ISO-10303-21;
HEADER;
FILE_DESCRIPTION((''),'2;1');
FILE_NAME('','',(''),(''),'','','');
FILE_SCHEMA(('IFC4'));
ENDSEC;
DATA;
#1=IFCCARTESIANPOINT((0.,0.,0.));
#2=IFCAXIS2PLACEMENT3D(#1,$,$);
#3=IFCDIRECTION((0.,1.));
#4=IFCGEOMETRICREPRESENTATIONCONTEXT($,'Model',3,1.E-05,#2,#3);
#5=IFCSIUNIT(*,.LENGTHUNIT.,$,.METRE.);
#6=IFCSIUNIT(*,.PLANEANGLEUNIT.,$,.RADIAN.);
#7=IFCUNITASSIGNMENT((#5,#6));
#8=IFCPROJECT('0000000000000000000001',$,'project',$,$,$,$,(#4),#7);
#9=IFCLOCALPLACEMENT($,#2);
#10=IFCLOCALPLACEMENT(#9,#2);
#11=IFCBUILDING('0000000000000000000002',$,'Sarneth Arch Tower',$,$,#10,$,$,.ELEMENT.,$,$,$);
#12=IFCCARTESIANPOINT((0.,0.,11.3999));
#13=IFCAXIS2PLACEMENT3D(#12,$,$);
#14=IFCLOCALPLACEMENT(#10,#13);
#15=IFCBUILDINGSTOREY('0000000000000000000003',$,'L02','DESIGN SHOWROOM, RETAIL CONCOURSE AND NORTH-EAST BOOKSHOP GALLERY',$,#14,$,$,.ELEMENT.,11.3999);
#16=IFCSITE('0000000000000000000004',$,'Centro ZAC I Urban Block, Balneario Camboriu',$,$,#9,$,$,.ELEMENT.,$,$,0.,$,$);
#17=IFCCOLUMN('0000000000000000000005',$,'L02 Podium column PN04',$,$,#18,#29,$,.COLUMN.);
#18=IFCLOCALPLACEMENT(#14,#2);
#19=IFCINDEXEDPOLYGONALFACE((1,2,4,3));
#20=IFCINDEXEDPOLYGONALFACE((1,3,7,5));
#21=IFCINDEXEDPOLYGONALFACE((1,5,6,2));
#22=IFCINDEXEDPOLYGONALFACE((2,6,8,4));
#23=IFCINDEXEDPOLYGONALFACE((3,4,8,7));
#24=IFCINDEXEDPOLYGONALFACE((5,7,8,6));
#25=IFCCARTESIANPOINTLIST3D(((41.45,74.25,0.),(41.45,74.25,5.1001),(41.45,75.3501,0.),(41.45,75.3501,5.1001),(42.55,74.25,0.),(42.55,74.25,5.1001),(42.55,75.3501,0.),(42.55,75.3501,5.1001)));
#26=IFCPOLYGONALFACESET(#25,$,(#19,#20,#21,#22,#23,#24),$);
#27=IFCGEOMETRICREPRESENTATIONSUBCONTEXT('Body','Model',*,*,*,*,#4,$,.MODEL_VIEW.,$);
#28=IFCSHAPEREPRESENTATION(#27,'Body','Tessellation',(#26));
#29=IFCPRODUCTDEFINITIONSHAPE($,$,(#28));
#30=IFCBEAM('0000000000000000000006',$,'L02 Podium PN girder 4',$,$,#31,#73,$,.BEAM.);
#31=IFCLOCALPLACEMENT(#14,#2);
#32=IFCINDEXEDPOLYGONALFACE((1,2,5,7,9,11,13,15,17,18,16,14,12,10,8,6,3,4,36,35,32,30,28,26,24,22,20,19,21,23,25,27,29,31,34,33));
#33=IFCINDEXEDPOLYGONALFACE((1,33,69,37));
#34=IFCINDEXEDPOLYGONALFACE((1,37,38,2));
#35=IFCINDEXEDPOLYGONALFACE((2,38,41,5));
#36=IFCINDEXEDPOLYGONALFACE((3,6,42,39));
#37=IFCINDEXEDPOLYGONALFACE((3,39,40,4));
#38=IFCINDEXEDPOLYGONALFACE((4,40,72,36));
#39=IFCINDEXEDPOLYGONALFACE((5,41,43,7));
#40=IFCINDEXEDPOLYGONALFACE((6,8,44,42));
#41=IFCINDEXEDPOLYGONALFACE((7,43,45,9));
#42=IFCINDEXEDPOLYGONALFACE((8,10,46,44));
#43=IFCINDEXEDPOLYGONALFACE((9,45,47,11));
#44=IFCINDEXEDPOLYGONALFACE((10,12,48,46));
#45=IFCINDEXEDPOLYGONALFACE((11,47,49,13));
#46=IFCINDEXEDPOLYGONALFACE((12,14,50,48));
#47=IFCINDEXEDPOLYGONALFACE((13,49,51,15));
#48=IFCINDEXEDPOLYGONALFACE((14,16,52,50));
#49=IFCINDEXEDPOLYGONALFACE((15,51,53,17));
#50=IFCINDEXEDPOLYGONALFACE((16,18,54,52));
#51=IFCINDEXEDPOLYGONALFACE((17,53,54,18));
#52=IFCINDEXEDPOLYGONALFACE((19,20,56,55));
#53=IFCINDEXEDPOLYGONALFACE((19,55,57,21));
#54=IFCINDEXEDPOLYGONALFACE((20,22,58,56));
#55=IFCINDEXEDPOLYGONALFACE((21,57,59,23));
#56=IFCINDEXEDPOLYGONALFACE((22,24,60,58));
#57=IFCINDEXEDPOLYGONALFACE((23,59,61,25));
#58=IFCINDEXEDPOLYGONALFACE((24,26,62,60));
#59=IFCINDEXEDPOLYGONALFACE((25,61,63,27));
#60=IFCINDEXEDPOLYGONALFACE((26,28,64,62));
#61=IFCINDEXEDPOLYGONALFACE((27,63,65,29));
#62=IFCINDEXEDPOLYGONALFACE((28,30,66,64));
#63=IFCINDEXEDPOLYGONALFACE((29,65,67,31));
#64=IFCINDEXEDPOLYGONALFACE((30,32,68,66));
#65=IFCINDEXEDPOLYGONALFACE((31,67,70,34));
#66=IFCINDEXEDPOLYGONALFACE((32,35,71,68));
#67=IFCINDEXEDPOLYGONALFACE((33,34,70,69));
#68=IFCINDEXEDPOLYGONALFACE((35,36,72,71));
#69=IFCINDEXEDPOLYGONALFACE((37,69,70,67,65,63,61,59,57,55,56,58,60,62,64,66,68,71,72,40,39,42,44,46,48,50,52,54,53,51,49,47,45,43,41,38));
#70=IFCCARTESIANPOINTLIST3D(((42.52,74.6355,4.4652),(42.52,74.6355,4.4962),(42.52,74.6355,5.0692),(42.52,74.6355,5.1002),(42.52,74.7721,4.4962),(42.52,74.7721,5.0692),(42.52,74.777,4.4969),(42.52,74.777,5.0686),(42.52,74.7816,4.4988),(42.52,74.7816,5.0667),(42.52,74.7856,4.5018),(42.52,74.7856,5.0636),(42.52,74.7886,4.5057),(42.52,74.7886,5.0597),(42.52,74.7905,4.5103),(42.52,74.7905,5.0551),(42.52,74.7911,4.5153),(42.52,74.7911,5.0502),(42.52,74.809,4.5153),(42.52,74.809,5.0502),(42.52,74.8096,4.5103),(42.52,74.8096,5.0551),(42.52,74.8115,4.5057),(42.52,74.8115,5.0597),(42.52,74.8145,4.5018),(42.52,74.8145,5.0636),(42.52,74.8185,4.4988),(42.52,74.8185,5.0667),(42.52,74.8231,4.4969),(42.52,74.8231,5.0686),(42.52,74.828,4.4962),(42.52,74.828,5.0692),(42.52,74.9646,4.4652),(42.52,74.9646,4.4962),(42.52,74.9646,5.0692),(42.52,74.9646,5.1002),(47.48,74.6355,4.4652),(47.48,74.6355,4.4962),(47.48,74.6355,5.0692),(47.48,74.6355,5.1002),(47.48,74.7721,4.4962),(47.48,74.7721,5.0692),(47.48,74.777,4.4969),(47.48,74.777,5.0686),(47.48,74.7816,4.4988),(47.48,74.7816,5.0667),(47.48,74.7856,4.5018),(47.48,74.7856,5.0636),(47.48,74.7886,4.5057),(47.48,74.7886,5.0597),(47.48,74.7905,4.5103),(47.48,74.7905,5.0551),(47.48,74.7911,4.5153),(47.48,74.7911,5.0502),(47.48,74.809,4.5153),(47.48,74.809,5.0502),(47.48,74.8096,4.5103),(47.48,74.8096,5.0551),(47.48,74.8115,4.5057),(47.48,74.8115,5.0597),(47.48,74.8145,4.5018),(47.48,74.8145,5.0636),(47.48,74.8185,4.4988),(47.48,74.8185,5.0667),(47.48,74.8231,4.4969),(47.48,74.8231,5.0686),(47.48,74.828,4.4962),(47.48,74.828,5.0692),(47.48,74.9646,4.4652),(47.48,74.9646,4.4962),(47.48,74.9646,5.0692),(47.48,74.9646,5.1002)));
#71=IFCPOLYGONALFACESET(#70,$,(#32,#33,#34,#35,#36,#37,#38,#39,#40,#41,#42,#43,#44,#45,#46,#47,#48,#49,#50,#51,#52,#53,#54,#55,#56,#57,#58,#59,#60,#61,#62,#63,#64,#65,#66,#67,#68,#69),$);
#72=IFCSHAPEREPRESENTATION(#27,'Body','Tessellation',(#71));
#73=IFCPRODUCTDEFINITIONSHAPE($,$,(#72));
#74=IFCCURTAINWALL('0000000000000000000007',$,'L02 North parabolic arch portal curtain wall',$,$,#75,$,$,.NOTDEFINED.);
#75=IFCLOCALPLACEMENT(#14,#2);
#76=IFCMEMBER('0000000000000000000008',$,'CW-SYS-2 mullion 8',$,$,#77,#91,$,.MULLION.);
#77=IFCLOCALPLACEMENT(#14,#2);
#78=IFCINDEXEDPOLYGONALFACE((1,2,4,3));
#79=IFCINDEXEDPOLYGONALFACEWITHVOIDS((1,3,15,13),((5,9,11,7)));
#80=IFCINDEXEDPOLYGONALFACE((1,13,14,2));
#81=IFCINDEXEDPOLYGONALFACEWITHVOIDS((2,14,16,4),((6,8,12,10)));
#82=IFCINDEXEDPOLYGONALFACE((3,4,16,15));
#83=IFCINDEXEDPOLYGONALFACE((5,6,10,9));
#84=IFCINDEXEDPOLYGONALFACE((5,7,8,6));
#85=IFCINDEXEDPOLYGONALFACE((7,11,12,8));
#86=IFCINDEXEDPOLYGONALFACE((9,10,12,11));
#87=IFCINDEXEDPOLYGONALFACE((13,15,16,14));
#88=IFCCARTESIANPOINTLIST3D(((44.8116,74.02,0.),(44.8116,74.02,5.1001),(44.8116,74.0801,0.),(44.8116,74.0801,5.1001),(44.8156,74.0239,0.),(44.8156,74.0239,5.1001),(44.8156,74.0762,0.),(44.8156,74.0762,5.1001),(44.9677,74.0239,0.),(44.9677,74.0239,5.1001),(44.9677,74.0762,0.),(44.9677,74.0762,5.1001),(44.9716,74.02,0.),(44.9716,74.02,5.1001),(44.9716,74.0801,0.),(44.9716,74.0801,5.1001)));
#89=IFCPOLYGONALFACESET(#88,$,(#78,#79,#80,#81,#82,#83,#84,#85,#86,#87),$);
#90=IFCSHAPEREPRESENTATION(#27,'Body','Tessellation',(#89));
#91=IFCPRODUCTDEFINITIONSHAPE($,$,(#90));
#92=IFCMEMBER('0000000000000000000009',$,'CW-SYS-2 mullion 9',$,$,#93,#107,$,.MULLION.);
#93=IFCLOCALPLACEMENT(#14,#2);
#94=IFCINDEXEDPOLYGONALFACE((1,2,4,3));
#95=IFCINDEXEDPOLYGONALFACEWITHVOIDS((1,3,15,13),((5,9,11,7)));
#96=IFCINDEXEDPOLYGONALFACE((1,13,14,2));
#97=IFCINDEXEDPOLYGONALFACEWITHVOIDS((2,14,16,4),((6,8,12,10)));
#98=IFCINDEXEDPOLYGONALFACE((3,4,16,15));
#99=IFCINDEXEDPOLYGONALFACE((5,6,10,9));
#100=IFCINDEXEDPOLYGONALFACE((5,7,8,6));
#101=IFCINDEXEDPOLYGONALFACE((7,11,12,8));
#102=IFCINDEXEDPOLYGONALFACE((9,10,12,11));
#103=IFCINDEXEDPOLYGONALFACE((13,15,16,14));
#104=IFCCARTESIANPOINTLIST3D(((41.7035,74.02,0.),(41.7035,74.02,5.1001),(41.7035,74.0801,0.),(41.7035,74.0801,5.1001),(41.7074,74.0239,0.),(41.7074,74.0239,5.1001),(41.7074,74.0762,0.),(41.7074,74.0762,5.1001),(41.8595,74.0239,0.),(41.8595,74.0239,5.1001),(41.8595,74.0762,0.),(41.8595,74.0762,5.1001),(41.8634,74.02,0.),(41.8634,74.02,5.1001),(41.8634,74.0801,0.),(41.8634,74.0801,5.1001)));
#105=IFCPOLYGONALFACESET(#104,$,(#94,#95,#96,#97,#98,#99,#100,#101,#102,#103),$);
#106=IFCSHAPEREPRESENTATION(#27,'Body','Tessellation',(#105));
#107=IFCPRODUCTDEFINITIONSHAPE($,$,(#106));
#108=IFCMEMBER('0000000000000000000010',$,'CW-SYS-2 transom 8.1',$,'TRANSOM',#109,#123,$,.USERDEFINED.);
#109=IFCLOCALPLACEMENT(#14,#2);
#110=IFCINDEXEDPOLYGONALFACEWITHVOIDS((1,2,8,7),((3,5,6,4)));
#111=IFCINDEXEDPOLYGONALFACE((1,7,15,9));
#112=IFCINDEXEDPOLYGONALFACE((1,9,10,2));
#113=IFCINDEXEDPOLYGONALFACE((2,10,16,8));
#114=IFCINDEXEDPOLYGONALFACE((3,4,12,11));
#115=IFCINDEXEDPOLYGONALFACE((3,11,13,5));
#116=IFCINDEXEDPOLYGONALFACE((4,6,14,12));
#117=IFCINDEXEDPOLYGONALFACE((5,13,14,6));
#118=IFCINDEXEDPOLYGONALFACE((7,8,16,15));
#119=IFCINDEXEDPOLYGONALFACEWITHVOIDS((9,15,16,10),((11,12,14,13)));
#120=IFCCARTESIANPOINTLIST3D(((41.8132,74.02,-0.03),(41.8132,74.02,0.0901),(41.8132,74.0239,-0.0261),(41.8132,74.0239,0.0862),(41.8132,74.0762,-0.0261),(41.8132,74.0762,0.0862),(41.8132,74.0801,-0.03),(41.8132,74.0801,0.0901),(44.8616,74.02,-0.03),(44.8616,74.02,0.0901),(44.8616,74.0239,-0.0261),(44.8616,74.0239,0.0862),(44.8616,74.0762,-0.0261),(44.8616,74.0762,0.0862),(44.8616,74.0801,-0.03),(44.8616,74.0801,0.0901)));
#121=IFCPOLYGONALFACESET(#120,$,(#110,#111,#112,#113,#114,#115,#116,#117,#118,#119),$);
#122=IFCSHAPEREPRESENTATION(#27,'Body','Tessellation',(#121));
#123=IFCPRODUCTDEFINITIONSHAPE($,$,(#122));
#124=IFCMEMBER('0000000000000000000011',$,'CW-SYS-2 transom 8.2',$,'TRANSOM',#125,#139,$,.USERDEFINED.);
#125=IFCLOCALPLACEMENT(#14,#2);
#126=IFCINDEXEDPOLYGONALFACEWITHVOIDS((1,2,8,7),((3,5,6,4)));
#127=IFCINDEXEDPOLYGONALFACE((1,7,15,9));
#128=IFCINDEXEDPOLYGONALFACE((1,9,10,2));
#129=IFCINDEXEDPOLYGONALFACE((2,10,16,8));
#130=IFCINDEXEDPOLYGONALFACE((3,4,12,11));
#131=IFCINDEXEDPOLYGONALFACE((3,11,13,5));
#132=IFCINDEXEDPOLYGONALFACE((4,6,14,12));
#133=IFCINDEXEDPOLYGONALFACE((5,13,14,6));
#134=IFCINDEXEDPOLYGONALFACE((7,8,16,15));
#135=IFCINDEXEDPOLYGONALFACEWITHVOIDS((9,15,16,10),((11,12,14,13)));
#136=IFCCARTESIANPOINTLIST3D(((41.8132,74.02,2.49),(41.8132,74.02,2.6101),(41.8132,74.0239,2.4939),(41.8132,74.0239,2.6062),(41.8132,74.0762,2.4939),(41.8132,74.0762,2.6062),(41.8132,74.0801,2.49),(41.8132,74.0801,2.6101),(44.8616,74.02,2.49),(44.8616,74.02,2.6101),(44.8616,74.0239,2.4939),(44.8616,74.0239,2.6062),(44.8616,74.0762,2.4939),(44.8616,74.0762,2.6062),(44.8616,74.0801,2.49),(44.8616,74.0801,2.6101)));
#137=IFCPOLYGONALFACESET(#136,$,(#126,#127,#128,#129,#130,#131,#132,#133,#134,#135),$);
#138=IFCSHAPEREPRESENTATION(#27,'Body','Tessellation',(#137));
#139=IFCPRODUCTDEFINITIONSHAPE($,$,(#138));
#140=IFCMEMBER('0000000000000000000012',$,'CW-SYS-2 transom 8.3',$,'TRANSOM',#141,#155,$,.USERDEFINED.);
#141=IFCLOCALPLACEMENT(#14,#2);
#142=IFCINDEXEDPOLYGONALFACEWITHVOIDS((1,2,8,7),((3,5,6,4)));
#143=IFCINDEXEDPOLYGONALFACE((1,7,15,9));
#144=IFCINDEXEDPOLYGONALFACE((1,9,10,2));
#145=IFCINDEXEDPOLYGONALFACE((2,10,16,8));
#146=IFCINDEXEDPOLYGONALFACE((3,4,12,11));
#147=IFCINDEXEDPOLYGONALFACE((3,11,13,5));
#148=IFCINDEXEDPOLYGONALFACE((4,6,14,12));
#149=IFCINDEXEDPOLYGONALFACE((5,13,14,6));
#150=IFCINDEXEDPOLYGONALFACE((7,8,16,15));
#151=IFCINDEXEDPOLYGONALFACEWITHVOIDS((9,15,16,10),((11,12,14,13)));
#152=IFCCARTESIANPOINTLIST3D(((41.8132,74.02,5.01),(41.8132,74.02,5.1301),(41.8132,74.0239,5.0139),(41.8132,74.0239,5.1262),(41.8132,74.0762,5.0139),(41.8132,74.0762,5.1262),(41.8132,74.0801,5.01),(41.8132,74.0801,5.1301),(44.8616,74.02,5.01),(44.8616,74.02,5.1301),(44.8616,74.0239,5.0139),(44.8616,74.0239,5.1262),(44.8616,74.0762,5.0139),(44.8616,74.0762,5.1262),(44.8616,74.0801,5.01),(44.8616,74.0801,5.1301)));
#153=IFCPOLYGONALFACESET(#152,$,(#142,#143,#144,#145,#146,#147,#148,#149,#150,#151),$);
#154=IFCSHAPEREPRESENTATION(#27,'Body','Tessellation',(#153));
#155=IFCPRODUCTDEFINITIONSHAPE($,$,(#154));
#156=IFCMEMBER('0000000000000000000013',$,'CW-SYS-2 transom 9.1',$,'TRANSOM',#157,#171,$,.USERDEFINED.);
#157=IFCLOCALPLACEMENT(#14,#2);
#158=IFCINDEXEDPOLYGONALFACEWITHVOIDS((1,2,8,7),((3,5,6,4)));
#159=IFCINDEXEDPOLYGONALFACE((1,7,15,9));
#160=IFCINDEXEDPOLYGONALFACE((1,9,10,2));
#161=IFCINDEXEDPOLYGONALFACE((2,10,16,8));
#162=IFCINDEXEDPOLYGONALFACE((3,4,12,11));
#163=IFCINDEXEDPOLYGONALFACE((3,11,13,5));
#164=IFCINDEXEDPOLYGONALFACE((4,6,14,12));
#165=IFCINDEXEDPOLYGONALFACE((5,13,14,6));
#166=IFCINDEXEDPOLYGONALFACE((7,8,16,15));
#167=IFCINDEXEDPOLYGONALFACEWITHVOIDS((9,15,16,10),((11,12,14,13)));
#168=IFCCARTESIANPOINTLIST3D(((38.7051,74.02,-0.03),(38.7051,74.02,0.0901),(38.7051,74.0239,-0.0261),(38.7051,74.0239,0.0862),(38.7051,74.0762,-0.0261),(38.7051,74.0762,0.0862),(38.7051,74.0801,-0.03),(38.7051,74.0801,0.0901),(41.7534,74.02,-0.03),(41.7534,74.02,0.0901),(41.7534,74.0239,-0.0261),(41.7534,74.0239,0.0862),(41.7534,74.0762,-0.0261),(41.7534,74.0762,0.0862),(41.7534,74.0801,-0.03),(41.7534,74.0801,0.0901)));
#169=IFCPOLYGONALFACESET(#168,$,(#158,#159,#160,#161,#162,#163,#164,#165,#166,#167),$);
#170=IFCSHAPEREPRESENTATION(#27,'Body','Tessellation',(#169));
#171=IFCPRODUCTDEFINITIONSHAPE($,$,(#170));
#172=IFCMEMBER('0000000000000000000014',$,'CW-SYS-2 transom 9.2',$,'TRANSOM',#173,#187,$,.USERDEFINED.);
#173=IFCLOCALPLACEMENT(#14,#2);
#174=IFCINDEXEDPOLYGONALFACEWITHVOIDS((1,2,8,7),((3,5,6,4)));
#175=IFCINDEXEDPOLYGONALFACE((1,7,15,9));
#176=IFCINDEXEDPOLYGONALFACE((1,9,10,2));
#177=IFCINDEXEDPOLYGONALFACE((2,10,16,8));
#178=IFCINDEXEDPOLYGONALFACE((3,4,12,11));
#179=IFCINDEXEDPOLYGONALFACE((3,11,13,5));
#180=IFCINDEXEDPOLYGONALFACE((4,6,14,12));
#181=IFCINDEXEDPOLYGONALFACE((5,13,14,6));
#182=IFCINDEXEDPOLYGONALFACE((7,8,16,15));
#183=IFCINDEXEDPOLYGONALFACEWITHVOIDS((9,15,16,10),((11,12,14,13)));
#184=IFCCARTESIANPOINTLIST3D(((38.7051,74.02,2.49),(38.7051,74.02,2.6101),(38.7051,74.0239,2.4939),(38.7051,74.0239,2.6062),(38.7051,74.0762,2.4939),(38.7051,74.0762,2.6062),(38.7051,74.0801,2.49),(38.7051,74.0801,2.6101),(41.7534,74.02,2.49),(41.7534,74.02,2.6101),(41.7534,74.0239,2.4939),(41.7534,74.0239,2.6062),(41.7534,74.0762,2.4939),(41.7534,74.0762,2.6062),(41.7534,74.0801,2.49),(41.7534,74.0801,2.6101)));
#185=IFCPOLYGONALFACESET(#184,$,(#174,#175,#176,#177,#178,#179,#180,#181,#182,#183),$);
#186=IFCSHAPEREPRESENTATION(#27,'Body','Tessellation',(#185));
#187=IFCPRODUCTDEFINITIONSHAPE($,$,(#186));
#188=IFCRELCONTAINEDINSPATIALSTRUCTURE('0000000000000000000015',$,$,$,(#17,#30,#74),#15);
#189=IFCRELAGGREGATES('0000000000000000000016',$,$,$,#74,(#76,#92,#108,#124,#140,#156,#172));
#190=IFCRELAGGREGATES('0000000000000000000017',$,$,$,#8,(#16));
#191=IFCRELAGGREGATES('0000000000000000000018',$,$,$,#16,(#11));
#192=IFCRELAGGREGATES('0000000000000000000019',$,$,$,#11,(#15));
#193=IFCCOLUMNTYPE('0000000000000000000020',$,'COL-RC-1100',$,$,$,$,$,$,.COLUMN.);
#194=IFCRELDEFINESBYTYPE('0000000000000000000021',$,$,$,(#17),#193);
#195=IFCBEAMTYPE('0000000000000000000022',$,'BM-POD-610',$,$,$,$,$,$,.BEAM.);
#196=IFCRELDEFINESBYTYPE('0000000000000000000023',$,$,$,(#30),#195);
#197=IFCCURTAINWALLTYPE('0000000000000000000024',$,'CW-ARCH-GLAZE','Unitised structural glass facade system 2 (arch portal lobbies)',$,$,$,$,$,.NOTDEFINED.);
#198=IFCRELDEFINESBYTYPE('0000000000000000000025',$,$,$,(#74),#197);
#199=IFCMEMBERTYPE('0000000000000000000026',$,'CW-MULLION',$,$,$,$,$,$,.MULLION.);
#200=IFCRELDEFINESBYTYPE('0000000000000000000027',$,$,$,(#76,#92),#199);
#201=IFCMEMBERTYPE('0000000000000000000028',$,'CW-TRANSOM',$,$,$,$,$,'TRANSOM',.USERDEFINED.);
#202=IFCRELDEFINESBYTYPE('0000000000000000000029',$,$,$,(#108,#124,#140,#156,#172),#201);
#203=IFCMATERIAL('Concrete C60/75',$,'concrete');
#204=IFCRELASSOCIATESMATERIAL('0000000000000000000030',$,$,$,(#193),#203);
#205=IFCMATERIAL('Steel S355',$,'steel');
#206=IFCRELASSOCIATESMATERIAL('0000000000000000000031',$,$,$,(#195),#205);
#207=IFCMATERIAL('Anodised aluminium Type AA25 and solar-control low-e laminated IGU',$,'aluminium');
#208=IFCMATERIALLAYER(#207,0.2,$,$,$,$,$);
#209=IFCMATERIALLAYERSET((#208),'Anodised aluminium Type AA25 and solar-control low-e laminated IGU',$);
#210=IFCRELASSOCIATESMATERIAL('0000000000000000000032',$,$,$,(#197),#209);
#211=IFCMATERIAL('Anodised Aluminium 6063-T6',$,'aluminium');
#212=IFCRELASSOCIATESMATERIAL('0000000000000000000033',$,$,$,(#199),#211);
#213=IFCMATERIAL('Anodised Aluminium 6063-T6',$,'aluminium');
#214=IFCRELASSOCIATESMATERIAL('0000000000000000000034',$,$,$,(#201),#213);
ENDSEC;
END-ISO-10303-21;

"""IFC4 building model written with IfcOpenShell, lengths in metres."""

from ifc_helpers import new_model, si_unit, direction, frame, origin, origin_2d, place, context, subcontext, project, spatial, rectangle, hollow_rectangle, i_section, extrude, material, layer, layer_set, material_profile, profile_set, type_object, element, aggregate, save


model = new_model("IFC4")

# Units and contexts
model_context = context("Model", 3, precision=1e-05, world=origin(), true_north=direction((0.0, 1.0)))
body_context = subcontext(model_context, "Body", "Model", "MODEL_VIEW")
ifc_project = project(units=[si_unit("LENGTHUNIT", "METRE"), si_unit("PLANEANGLEUNIT", "RADIAN")], contexts=[model_context])

# Site, building, storey
site_placement = place(None, origin())
site = spatial("IfcSite", under=ifc_project, at=site_placement, Name="Centro ZAC I Urban Block, Balneario Camboriu", CompositionType="ELEMENT", RefElevation=0.0)
building_placement = place(site_placement, origin())
building = spatial("IfcBuilding", under=site, at=building_placement, Name="Sarneth Arch Tower", CompositionType="ELEMENT")
storey_placement = place(building_placement, frame((0.0, 0.0, 11.3999)))
storey = spatial("IfcBuildingStorey", under=building, at=storey_placement, Name="L02", Description="DESIGN SHOWROOM, RETAIL CONCOURSE AND NORTH-EAST BOOKSHOP GALLERY", CompositionType="ELEMENT", Elevation=11.3999)

# Column
ifc_material_1 = material(Name="Concrete C60/75", Category="concrete")
ifc_material_profile_1 = material_profile(ifc_material_1, rectangle(XDim=1.1001, YDim=1.1001, at=origin_2d()), Name="RC-1100x1100")
ifc_profile_set_1 = profile_set([ifc_material_profile_1], Name="Concrete C60/75")
column_type = type_object("IfcColumnType", Name="COL-RC-1100", PredefinedType="COLUMN", material=ifc_profile_set_1)
column_placement = place(storey_placement, frame((42.0, 74.8, 0.0), z_axis=(0.0, 0.0, 1.0), x_axis=(1.0, 0.0, 0.0)))
element("IfcColumn", 1, at=column_placement, inside=storey, type_object=column_type, Name="L02 Podium column PN04", PredefinedType="COLUMN", context=body_context, shape_type="SweptSolid", body=[
    extrude(rectangle(XDim=1.1001, YDim=1.1001, at=origin_2d()), origin(), (0.0, 0.0, 1.0), 5.1001),
])

# Beam
ifc_material_2 = material(Name="Steel S355", Category="steel")
ifc_material_profile_2 = material_profile(ifc_material_2, i_section(OverallWidth=0.3291, OverallDepth=0.635, WebThickness=0.0178, FlangeThickness=0.031, FilletRadius=0.019, at=origin_2d()), Name="W610x241")
ifc_profile_set_2 = profile_set([ifc_material_profile_2], Name="Steel S355")
beam_type = type_object("IfcBeamType", Name="BM-POD-610", PredefinedType="BEAM", material=ifc_profile_set_2)
beam_placement = place(storey_placement, frame((42.52, 74.8, 4.7827), z_axis=(1.0, 0.0, 0.0), x_axis=(0.0, 1.0, 0.0)))
element("IfcBeam", 2, at=beam_placement, inside=storey, type_object=beam_type, Name="L02 Podium PN girder 4", PredefinedType="BEAM", context=body_context, shape_type="SweptSolid", body=[
    extrude(i_section(OverallWidth=0.3291, OverallDepth=0.635, WebThickness=0.0178, FlangeThickness=0.031, FilletRadius=0.019, at=origin_2d()), origin(), (0.0, 0.0, 1.0), 4.96),
])

# Curtain wall, members
ifc_material_3 = material(Name="Anodised aluminium Type AA25 and solar-control low-e laminated IGU", Category="aluminium")
ifc_layer_1 = layer(ifc_material_3, 0.2)
ifc_layer_set_1 = layer_set([ifc_layer_1], Name="Anodised aluminium Type AA25 and solar-control low-e laminated IGU")
curtain_wall_type = type_object("IfcCurtainWallType", Name="CW-ARCH-GLAZE", Description="Unitised structural glass facade system 2 (arch portal lobbies)", PredefinedType="NOTDEFINED", material=ifc_layer_set_1)
curtain_wall_placement = place(storey_placement, origin())
curtain_wall = element("IfcCurtainWall", 3, at=curtain_wall_placement, inside=storey, type_object=curtain_wall_type, Name="L02 North parabolic arch portal curtain wall", PredefinedType="NOTDEFINED")
ifc_material_4 = material(Name="Anodised Aluminium 6063-T6", Category="aluminium")
ifc_material_profile_3 = material_profile(ifc_material_4, hollow_rectangle(XDim=0.0601, YDim=0.1599, WallThickness=0.0039, at=origin_2d()), Name="AL-MULL-160x60x4")
ifc_profile_set_3 = profile_set([ifc_material_profile_3], Name="Anodised Aluminium 6063-T6")
member_type_1 = type_object("IfcMemberType", Name="CW-MULLION", PredefinedType="MULLION", material=ifc_profile_set_3)
member_1_placement = place(storey_placement, frame((44.8916, 74.05, 0.0), z_axis=(0.0, 0.0, 1.0), x_axis=(0.0, -1.0, 0.0)))
member_1 = element("IfcMember", 4, at=member_1_placement, type_object=member_type_1, Name="CW-SYS-2 mullion 8", PredefinedType="MULLION", context=body_context, shape_type="SweptSolid", body=[
    extrude(hollow_rectangle(XDim=0.0601, YDim=0.1599, WallThickness=0.0039, at=origin_2d()), origin(), (0.0, 0.0, 1.0), 5.1001),
])
member_2_placement = place(storey_placement, frame((41.7834, 74.05, 0.0), z_axis=(0.0, 0.0, 1.0), x_axis=(0.0, -1.0, 0.0)))
member_2 = element("IfcMember", 5, at=member_2_placement, type_object=member_type_1, Name="CW-SYS-2 mullion 9", PredefinedType="MULLION", context=body_context, shape_type="SweptSolid", body=[
    extrude(hollow_rectangle(XDim=0.0601, YDim=0.1599, WallThickness=0.0039, at=origin_2d()), origin(), (0.0, 0.0, 1.0), 5.1001),
])
ifc_material_5 = material(Name="Anodised Aluminium 6063-T6", Category="aluminium")
ifc_material_profile_4 = material_profile(ifc_material_5, hollow_rectangle(XDim=0.0601, YDim=0.1201, WallThickness=0.0039, at=origin_2d()), Name="AL-TRAN-120x60x4")
ifc_profile_set_4 = profile_set([ifc_material_profile_4], Name="Anodised Aluminium 6063-T6")
member_type_2 = type_object("IfcMemberType", Name="CW-TRANSOM", ElementType="TRANSOM", PredefinedType="USERDEFINED", material=ifc_profile_set_4)
member_3_placement = place(storey_placement, frame((44.8616, 74.05, 0.03), z_axis=(-1.0, 0.0, 0.0), x_axis=(0.0, -1.0, 0.0)))
member_3 = element("IfcMember", 6, at=member_3_placement, type_object=member_type_2, Name="CW-SYS-2 transom 8.1", ObjectType="TRANSOM", PredefinedType="USERDEFINED", context=body_context, shape_type="SweptSolid", body=[
    extrude(hollow_rectangle(XDim=0.0601, YDim=0.1201, WallThickness=0.0039, at=origin_2d()), origin(), (0.0, 0.0, 1.0), 3.0483),
])
member_4_placement = place(storey_placement, frame((44.8616, 74.05, 2.55), z_axis=(-1.0, 0.0, 0.0), x_axis=(0.0, -1.0, 0.0)))
member_4 = element("IfcMember", 7, at=member_4_placement, type_object=member_type_2, Name="CW-SYS-2 transom 8.2", ObjectType="TRANSOM", PredefinedType="USERDEFINED", context=body_context, shape_type="SweptSolid", body=[
    extrude(hollow_rectangle(XDim=0.0601, YDim=0.1201, WallThickness=0.0039, at=origin_2d()), origin(), (0.0, 0.0, 1.0), 3.0483),
])
member_5_placement = place(storey_placement, frame((44.8616, 74.05, 5.0701), z_axis=(-1.0, 0.0, 0.0), x_axis=(0.0, -1.0, 0.0)))
member_5 = element("IfcMember", 8, at=member_5_placement, type_object=member_type_2, Name="CW-SYS-2 transom 8.3", ObjectType="TRANSOM", PredefinedType="USERDEFINED", context=body_context, shape_type="SweptSolid", body=[
    extrude(hollow_rectangle(XDim=0.0601, YDim=0.1201, WallThickness=0.0039, at=origin_2d()), origin(), (0.0, 0.0, 1.0), 3.0483),
])
member_6_placement = place(storey_placement, frame((41.7534, 74.05, 0.03), z_axis=(-1.0, 0.0, 0.0), x_axis=(0.0, -1.0, 0.0)))
member_6 = element("IfcMember", 9, at=member_6_placement, type_object=member_type_2, Name="CW-SYS-2 transom 9.1", ObjectType="TRANSOM", PredefinedType="USERDEFINED", context=body_context, shape_type="SweptSolid", body=[
    extrude(hollow_rectangle(XDim=0.0601, YDim=0.1201, WallThickness=0.0039, at=origin_2d()), origin(), (0.0, 0.0, 1.0), 3.0483),
])
member_7_placement = place(storey_placement, frame((41.7534, 74.05, 2.55), z_axis=(-1.0, 0.0, 0.0), x_axis=(0.0, -1.0, 0.0)))
member_7 = element("IfcMember", 10, at=member_7_placement, type_object=member_type_2, Name="CW-SYS-2 transom 9.2", ObjectType="TRANSOM", PredefinedType="USERDEFINED", context=body_context, shape_type="SweptSolid", body=[
    extrude(hollow_rectangle(XDim=0.0601, YDim=0.1201, WallThickness=0.0039, at=origin_2d()), origin(), (0.0, 0.0, 1.0), 3.0483),
])

aggregate(curtain_wall, [member_1, member_2, member_3, member_4, member_5, member_6, member_7])

save(model, "model.ifc")
